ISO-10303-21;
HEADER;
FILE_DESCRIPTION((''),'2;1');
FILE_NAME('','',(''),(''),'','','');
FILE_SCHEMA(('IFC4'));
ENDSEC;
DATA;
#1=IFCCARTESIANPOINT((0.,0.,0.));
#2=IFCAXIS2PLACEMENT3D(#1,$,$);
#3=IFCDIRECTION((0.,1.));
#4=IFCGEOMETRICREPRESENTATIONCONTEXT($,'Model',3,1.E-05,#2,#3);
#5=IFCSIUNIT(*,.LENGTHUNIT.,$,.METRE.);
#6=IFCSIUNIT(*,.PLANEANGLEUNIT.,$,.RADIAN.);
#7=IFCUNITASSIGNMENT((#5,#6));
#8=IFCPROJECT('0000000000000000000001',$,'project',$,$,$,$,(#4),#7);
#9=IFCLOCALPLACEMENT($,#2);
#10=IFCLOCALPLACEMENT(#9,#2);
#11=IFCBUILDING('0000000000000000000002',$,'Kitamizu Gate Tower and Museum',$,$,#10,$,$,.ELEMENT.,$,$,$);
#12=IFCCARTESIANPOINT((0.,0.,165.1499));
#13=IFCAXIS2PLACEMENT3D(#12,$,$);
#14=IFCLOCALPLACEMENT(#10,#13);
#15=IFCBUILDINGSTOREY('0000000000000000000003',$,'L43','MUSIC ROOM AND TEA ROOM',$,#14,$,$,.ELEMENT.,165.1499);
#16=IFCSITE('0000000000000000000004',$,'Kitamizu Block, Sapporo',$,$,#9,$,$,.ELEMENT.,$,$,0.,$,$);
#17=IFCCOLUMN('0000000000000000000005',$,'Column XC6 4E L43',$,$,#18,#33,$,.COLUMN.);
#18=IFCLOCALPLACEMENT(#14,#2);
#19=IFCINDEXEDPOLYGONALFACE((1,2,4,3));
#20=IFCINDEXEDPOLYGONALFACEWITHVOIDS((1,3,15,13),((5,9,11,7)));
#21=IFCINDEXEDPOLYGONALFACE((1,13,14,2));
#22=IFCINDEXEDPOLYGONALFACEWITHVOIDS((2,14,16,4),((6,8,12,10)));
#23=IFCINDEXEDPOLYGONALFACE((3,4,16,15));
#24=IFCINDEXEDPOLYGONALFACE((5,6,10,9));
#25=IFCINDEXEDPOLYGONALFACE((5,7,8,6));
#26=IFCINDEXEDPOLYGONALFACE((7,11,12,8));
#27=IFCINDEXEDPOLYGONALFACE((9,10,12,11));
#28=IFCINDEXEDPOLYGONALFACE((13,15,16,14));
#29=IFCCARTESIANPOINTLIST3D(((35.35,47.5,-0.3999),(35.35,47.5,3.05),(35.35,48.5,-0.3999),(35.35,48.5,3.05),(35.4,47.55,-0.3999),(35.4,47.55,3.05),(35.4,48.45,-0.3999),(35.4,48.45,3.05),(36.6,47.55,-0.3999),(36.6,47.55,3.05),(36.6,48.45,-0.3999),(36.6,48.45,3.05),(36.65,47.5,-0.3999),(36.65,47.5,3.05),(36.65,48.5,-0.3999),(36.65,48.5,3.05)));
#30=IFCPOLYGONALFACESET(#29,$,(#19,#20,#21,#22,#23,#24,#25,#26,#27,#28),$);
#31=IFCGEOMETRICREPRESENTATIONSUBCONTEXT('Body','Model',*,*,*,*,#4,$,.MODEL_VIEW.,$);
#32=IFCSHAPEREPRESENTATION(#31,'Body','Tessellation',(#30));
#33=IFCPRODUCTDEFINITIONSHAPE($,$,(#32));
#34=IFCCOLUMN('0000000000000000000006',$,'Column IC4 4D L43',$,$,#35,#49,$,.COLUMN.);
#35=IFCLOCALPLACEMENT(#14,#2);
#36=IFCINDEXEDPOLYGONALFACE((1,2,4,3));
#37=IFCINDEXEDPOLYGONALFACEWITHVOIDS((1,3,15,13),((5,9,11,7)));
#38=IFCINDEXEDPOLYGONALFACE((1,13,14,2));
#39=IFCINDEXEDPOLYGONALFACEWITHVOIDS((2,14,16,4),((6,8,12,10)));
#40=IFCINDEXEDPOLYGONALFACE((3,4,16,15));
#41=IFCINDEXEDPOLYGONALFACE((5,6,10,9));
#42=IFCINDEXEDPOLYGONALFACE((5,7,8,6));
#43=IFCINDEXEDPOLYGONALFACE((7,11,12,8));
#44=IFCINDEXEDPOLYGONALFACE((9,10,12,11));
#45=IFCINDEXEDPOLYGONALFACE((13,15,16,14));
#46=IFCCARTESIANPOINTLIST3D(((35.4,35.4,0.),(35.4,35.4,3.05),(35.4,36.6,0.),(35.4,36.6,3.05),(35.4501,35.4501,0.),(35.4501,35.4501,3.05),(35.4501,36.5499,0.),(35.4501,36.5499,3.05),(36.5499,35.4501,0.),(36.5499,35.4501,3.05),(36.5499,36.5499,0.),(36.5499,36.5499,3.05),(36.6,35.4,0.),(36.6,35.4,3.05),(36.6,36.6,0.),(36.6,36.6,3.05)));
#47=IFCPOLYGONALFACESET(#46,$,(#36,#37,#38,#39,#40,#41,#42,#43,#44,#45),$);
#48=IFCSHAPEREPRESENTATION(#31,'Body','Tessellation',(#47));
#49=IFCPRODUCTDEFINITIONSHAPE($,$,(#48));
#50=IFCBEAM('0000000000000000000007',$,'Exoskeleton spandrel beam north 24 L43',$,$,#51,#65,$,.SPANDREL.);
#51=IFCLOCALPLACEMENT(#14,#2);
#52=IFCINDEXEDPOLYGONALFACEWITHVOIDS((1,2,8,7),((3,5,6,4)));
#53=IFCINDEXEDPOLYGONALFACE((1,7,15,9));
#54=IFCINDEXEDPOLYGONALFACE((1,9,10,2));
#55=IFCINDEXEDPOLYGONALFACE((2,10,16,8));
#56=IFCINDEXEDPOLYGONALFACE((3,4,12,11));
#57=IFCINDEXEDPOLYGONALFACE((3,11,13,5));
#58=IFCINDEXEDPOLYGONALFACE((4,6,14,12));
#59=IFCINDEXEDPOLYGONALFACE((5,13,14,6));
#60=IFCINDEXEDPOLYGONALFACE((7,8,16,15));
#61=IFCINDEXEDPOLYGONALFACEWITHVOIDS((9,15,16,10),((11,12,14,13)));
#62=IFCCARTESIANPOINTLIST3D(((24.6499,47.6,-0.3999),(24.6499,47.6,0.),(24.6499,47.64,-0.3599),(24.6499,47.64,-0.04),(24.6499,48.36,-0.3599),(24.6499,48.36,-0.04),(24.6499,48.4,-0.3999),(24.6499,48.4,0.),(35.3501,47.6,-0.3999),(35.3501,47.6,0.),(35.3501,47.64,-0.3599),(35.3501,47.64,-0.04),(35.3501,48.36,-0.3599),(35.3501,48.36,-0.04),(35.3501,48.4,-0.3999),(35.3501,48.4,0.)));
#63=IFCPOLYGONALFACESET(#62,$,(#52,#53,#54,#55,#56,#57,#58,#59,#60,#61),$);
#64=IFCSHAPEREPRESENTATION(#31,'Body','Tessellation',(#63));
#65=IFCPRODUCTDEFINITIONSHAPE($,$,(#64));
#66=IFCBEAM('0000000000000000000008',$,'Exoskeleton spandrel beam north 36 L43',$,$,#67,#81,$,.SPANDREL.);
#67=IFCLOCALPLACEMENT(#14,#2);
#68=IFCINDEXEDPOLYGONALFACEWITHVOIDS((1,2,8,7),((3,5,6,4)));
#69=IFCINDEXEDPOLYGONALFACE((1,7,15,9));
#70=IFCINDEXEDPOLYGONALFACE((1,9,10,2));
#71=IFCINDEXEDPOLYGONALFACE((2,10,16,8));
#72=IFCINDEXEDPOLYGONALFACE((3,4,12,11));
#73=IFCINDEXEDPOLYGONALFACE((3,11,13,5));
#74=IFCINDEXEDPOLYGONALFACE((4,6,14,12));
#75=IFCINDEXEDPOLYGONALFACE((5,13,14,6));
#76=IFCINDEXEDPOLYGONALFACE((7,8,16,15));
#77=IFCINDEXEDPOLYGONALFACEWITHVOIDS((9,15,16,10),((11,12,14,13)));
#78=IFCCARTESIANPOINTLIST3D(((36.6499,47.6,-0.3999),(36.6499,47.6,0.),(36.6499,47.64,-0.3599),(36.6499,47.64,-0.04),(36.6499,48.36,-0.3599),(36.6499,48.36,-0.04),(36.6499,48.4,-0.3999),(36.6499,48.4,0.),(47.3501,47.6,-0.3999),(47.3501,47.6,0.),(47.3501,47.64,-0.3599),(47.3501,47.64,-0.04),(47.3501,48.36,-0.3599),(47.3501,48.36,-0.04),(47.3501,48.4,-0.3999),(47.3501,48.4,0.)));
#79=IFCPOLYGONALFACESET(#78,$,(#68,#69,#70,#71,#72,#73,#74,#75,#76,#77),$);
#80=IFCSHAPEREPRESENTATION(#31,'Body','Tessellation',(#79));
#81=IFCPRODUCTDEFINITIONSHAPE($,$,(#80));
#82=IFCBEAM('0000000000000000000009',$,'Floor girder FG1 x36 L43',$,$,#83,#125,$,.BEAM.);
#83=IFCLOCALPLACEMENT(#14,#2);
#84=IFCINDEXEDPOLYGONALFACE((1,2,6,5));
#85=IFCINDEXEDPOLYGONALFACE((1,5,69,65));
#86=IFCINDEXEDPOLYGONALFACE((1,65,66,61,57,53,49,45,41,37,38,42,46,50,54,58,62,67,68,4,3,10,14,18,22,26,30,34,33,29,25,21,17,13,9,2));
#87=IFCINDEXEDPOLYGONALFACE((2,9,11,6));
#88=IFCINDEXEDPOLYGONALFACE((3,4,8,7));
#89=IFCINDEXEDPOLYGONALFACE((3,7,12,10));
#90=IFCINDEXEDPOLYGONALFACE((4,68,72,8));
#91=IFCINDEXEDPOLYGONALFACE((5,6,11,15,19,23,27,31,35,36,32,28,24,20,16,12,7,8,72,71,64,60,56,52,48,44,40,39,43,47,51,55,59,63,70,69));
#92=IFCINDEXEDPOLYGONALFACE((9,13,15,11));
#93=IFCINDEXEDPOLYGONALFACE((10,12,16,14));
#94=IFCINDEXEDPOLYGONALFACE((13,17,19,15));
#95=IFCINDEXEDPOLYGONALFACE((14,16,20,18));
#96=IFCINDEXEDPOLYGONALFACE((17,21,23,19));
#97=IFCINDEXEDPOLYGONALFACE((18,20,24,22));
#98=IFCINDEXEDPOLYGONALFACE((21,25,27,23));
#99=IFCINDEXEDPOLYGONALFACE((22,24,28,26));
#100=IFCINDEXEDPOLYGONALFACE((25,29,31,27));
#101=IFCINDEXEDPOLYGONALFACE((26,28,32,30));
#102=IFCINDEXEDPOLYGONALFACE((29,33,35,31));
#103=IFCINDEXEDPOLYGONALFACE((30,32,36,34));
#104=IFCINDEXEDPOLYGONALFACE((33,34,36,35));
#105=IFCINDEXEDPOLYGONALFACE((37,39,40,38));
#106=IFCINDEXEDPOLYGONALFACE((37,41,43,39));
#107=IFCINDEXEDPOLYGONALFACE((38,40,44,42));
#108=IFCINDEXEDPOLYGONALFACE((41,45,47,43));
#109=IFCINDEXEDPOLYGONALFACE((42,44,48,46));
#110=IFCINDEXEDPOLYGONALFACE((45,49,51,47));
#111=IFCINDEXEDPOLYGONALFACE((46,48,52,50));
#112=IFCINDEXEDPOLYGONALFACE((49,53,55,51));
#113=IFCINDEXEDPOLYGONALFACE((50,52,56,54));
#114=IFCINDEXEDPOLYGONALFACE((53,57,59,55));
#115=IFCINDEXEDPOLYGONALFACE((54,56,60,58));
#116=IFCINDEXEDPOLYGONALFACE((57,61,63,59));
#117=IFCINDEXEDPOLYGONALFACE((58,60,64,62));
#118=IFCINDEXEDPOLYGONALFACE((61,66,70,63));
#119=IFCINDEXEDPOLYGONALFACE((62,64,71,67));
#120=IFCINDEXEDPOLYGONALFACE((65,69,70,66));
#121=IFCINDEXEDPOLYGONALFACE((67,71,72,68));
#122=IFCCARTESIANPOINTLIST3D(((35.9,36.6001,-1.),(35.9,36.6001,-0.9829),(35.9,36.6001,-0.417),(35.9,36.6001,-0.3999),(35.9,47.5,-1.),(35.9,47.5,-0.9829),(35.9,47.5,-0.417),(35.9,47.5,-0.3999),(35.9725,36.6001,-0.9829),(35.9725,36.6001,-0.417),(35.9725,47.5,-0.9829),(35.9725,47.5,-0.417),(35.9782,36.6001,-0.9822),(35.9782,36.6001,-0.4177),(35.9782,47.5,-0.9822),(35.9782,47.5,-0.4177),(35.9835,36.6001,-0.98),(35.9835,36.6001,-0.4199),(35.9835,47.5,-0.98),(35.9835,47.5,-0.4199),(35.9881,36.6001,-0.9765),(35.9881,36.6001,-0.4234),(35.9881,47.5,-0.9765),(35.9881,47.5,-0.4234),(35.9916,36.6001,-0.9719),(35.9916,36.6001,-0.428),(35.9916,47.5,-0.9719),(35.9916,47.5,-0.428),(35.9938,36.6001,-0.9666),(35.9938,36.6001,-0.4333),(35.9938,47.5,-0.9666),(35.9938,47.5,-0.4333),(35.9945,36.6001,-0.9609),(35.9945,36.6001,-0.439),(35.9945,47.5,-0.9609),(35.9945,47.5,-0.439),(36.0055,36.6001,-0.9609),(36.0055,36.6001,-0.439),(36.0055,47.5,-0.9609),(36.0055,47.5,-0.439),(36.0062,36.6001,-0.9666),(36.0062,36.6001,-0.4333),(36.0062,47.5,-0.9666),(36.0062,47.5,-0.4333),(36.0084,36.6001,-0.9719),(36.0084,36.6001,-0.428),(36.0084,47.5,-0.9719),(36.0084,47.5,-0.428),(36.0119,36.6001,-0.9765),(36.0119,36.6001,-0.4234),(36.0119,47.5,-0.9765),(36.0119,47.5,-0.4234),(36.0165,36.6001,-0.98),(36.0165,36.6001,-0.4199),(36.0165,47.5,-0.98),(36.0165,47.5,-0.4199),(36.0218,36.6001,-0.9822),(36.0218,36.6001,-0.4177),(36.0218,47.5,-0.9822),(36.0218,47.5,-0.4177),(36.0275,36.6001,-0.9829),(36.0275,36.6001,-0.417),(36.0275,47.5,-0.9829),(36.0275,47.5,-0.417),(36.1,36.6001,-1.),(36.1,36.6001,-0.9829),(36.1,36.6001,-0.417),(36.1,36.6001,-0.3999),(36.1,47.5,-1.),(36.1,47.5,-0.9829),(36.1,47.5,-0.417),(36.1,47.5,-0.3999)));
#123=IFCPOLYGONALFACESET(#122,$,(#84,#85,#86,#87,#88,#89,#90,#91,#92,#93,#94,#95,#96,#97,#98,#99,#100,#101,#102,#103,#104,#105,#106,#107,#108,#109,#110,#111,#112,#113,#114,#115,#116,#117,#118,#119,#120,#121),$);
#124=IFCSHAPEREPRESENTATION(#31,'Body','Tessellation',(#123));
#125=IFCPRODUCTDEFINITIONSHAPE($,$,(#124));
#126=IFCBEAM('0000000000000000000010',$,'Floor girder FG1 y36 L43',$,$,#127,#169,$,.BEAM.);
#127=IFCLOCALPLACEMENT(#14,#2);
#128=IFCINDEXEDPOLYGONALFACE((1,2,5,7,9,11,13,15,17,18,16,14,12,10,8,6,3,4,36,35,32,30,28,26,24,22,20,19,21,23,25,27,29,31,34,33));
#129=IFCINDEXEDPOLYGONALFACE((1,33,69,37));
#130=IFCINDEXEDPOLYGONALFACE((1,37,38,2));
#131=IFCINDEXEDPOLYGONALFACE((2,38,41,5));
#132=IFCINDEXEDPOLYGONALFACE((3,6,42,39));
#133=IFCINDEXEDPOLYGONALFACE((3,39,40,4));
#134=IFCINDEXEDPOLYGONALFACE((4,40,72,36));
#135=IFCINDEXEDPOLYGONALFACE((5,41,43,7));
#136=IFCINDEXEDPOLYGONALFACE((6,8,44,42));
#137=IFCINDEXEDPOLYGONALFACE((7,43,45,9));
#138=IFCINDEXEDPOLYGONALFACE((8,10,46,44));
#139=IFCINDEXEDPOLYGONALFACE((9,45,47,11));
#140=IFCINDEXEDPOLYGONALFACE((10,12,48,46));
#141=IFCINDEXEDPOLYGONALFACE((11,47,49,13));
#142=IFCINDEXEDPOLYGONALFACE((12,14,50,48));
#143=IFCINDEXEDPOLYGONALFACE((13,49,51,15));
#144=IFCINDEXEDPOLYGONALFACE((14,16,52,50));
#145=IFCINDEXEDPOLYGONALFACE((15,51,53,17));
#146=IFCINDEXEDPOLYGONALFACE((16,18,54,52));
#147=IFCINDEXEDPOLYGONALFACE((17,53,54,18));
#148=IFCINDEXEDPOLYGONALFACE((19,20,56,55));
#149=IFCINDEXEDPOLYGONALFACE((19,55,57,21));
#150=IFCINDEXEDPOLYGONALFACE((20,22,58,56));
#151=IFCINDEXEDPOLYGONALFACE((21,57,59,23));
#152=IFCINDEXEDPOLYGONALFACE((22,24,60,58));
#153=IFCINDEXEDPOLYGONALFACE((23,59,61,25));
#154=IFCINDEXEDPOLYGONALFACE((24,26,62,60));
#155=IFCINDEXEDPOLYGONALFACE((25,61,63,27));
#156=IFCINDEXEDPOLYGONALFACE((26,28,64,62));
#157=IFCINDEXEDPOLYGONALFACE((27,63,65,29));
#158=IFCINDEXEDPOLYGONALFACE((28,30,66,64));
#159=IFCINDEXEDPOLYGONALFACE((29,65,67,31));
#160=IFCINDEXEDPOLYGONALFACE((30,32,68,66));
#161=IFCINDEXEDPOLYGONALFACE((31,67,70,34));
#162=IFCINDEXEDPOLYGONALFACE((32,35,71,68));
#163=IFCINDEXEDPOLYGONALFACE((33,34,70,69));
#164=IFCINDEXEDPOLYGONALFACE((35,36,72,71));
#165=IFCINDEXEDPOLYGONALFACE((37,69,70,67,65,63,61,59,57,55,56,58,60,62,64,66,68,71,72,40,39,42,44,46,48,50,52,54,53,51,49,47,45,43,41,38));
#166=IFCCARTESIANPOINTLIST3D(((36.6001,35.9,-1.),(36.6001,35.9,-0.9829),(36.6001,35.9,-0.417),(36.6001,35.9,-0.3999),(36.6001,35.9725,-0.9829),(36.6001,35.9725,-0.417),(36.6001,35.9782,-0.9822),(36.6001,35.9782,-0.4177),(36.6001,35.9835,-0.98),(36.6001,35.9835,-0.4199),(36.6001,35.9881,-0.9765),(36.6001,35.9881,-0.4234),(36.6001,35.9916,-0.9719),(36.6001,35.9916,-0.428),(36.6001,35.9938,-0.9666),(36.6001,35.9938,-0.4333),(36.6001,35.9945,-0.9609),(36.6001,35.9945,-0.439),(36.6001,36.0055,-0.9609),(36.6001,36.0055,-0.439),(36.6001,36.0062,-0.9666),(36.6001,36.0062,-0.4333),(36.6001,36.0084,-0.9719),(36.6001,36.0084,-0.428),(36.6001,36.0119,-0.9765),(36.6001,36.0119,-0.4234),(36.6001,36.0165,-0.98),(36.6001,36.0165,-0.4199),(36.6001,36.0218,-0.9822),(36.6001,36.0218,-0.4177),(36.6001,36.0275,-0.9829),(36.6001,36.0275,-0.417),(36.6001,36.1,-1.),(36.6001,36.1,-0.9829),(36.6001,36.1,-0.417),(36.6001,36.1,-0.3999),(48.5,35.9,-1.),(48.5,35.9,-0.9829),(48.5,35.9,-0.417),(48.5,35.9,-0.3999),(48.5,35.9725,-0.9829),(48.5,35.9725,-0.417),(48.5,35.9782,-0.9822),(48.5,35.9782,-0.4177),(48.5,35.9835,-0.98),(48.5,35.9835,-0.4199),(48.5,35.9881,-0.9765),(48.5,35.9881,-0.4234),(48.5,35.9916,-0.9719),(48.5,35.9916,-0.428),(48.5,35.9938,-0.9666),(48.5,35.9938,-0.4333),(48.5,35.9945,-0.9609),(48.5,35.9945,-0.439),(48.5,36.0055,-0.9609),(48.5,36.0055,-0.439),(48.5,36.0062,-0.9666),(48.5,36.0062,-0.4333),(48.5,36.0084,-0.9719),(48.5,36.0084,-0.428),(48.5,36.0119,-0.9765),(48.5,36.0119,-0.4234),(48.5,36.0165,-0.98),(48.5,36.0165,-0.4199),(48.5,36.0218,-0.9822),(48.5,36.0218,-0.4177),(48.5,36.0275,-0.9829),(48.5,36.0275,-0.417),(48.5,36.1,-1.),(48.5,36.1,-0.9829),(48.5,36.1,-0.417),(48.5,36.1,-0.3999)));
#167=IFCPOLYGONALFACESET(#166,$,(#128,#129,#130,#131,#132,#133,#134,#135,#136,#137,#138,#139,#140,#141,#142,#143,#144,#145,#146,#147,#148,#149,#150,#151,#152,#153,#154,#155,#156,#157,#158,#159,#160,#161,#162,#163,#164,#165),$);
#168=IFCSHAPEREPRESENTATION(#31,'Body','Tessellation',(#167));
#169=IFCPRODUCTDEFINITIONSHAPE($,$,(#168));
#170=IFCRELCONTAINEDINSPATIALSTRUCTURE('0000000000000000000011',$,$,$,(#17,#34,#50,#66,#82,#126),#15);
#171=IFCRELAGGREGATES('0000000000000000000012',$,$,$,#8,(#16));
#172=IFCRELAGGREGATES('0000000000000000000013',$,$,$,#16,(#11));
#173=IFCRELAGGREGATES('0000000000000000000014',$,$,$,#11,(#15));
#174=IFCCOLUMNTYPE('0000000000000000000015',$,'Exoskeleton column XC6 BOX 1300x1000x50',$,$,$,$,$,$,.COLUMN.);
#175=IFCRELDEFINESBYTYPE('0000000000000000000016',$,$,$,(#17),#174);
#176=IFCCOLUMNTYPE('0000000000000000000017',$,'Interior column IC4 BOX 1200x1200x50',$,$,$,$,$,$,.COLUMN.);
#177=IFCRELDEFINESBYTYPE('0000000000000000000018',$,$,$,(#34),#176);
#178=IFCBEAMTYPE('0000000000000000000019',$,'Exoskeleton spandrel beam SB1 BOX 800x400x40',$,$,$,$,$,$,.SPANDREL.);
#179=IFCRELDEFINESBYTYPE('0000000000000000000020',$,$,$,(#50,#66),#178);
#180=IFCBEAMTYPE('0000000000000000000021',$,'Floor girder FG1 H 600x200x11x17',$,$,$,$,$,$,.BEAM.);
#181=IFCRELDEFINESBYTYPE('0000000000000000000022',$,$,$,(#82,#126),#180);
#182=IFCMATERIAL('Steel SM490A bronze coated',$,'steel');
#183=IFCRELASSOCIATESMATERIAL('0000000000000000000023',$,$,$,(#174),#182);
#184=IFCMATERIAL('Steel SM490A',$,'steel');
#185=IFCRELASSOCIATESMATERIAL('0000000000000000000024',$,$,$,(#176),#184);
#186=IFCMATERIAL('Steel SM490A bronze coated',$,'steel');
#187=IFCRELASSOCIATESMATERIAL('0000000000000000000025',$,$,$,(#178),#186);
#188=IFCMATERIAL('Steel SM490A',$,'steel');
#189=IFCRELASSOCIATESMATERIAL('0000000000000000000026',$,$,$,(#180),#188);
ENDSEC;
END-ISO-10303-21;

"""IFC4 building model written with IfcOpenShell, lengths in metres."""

from ifc_helpers import new_model, si_unit, direction, frame, origin, origin_2d, place, context, subcontext, project, spatial, hollow_rectangle, i_section, extrude, material, material_profile, profile_set, type_object, element, save


model = new_model("IFC4")

# Units and contexts
model_context = context("Model", 3, precision=1e-05, world=origin(), true_north=direction((0.0, 1.0)))
body_context = subcontext(model_context, "Body", "Model", "MODEL_VIEW")
ifc_project = project(units=[si_unit("LENGTHUNIT", "METRE"), si_unit("PLANEANGLEUNIT", "RADIAN")], contexts=[model_context])

# Site, building, storey
site_placement = place(None, origin())
site = spatial("IfcSite", under=ifc_project, at=site_placement, Name="Kitamizu Block, Sapporo", CompositionType="ELEMENT", RefElevation=0.0)
building_placement = place(site_placement, origin())
building = spatial("IfcBuilding", under=site, at=building_placement, Name="Kitamizu Gate Tower and Museum", CompositionType="ELEMENT")
storey_placement = place(building_placement, frame((0.0, 0.0, 165.1499)))
storey = spatial("IfcBuildingStorey", under=building, at=storey_placement, Name="L43", Description="MUSIC ROOM AND TEA ROOM", CompositionType="ELEMENT", Elevation=165.1499)

# Columns
ifc_material_1 = material(Name="Steel SM490A bronze coated", Category="steel")
ifc_material_profile_1 = material_profile(ifc_material_1, hollow_rectangle(XDim=1.3, YDim=1.0, WallThickness=0.05, at=origin_2d()), Name="BOX 1300x1000x50")
ifc_profile_set_1 = profile_set([ifc_material_profile_1], Name="Steel SM490A bronze coated")
column_type_1 = type_object("IfcColumnType", Name="Exoskeleton column XC6 BOX 1300x1000x50", PredefinedType="COLUMN", material=ifc_profile_set_1)
column_1_placement = place(storey_placement, frame((36.0, 48.0, -0.3999), z_axis=(0.0, 0.0, 1.0), x_axis=(1.0, 0.0, 0.0)))
element("IfcColumn", 1, at=column_1_placement, inside=storey, type_object=column_type_1, Name="Column XC6 4E L43", PredefinedType="COLUMN", context=body_context, shape_type="SweptSolid", body=[
    extrude(hollow_rectangle(XDim=1.3, YDim=1.0, WallThickness=0.05, at=origin_2d()), origin(), (0.0, 0.0, 1.0), 3.45),
])
ifc_material_2 = material(Name="Steel SM490A", Category="steel")
ifc_material_profile_2 = material_profile(ifc_material_2, hollow_rectangle(XDim=1.2, YDim=1.2, WallThickness=0.05, at=origin_2d()), Name="BOX 1200x1200x50")
ifc_profile_set_2 = profile_set([ifc_material_profile_2], Name="Steel SM490A")
column_type_2 = type_object("IfcColumnType", Name="Interior column IC4 BOX 1200x1200x50", PredefinedType="COLUMN", material=ifc_profile_set_2)
column_2_placement = place(storey_placement, frame((36.0, 36.0, 0.0), z_axis=(0.0, 0.0, 1.0), x_axis=(1.0, 0.0, 0.0)))
element("IfcColumn", 2, at=column_2_placement, inside=storey, type_object=column_type_2, Name="Column IC4 4D L43", PredefinedType="COLUMN", context=body_context, shape_type="SweptSolid", body=[
    extrude(hollow_rectangle(XDim=1.2, YDim=1.2, WallThickness=0.05, at=origin_2d()), origin(), (0.0, 0.0, 1.0), 3.05),
])

# Beams
ifc_material_3 = material(Name="Steel SM490A bronze coated", Category="steel")
ifc_material_profile_3 = material_profile(ifc_material_3, hollow_rectangle(XDim=0.8, YDim=0.3999, WallThickness=0.04, at=origin_2d()), Name="BOX 800x400x40")
ifc_profile_set_3 = profile_set([ifc_material_profile_3], Name="Steel SM490A bronze coated")
beam_type_1 = type_object("IfcBeamType", Name="Exoskeleton spandrel beam SB1 BOX 800x400x40", PredefinedType="SPANDREL", material=ifc_profile_set_3)
for number, where, z_axis, x_axis, name in (
    (3, (24.6499, 48.0, -0.2), (1.0, 0.0, 0.0), (0.0, 1.0, 0.0), "Exoskeleton spandrel beam north 24 L43"),
    (4, (36.6499, 48.0, -0.2), (1.0, 0.0, 0.0), (0.0, 1.0, 0.0), "Exoskeleton spandrel beam north 36 L43"),
):
    element("IfcBeam", number, at=place(storey_placement, frame(where, z_axis=z_axis, x_axis=x_axis)), inside=storey, type_object=beam_type_1, Name=name, PredefinedType="SPANDREL", context=body_context, shape_type="SweptSolid", body=[
        extrude(hollow_rectangle(XDim=0.8, YDim=0.3999, WallThickness=0.04, at=origin_2d()), origin(), (0.0, 0.0, 1.0), 10.7002),
    ])
ifc_material_4 = material(Name="Steel SM490A", Category="steel")
ifc_material_profile_4 = material_profile(ifc_material_4, i_section(OverallWidth=0.2, OverallDepth=0.6001, WebThickness=0.011, FlangeThickness=0.0171, FilletRadius=0.022, at=origin_2d()), Name="H-600x200x11x17")
ifc_profile_set_4 = profile_set([ifc_material_profile_4], Name="Steel SM490A")
beam_type_2 = type_object("IfcBeamType", Name="Floor girder FG1 H 600x200x11x17", PredefinedType="BEAM", material=ifc_profile_set_4)
beam_1_placement = place(storey_placement, frame((36.0, 36.6001, -0.7), z_axis=(0.0, 1.0, 0.0), x_axis=(-1.0, 0.0, 0.0)))
element("IfcBeam", 5, at=beam_1_placement, inside=storey, type_object=beam_type_2, Name="Floor girder FG1 x36 L43", PredefinedType="BEAM", context=body_context, shape_type="SweptSolid", body=[
    extrude(i_section(OverallWidth=0.2, OverallDepth=0.6001, WebThickness=0.011, FlangeThickness=0.0171, FilletRadius=0.022, at=origin_2d()), origin(), (0.0, 0.0, 1.0), 10.8999),
])
beam_2_placement = place(storey_placement, frame((36.6001, 36.0, -0.7), z_axis=(1.0, 0.0, 0.0), x_axis=(0.0, 1.0, 0.0)))
element("IfcBeam", 6, at=beam_2_placement, inside=storey, type_object=beam_type_2, Name="Floor girder FG1 y36 L43", PredefinedType="BEAM", context=body_context, shape_type="SweptSolid", body=[
    extrude(i_section(OverallWidth=0.2, OverallDepth=0.6001, WebThickness=0.011, FlangeThickness=0.0171, FilletRadius=0.022, at=origin_2d()), origin(), (0.0, 0.0, 1.0), 11.8999),
])

save(model, "model.ifc")
